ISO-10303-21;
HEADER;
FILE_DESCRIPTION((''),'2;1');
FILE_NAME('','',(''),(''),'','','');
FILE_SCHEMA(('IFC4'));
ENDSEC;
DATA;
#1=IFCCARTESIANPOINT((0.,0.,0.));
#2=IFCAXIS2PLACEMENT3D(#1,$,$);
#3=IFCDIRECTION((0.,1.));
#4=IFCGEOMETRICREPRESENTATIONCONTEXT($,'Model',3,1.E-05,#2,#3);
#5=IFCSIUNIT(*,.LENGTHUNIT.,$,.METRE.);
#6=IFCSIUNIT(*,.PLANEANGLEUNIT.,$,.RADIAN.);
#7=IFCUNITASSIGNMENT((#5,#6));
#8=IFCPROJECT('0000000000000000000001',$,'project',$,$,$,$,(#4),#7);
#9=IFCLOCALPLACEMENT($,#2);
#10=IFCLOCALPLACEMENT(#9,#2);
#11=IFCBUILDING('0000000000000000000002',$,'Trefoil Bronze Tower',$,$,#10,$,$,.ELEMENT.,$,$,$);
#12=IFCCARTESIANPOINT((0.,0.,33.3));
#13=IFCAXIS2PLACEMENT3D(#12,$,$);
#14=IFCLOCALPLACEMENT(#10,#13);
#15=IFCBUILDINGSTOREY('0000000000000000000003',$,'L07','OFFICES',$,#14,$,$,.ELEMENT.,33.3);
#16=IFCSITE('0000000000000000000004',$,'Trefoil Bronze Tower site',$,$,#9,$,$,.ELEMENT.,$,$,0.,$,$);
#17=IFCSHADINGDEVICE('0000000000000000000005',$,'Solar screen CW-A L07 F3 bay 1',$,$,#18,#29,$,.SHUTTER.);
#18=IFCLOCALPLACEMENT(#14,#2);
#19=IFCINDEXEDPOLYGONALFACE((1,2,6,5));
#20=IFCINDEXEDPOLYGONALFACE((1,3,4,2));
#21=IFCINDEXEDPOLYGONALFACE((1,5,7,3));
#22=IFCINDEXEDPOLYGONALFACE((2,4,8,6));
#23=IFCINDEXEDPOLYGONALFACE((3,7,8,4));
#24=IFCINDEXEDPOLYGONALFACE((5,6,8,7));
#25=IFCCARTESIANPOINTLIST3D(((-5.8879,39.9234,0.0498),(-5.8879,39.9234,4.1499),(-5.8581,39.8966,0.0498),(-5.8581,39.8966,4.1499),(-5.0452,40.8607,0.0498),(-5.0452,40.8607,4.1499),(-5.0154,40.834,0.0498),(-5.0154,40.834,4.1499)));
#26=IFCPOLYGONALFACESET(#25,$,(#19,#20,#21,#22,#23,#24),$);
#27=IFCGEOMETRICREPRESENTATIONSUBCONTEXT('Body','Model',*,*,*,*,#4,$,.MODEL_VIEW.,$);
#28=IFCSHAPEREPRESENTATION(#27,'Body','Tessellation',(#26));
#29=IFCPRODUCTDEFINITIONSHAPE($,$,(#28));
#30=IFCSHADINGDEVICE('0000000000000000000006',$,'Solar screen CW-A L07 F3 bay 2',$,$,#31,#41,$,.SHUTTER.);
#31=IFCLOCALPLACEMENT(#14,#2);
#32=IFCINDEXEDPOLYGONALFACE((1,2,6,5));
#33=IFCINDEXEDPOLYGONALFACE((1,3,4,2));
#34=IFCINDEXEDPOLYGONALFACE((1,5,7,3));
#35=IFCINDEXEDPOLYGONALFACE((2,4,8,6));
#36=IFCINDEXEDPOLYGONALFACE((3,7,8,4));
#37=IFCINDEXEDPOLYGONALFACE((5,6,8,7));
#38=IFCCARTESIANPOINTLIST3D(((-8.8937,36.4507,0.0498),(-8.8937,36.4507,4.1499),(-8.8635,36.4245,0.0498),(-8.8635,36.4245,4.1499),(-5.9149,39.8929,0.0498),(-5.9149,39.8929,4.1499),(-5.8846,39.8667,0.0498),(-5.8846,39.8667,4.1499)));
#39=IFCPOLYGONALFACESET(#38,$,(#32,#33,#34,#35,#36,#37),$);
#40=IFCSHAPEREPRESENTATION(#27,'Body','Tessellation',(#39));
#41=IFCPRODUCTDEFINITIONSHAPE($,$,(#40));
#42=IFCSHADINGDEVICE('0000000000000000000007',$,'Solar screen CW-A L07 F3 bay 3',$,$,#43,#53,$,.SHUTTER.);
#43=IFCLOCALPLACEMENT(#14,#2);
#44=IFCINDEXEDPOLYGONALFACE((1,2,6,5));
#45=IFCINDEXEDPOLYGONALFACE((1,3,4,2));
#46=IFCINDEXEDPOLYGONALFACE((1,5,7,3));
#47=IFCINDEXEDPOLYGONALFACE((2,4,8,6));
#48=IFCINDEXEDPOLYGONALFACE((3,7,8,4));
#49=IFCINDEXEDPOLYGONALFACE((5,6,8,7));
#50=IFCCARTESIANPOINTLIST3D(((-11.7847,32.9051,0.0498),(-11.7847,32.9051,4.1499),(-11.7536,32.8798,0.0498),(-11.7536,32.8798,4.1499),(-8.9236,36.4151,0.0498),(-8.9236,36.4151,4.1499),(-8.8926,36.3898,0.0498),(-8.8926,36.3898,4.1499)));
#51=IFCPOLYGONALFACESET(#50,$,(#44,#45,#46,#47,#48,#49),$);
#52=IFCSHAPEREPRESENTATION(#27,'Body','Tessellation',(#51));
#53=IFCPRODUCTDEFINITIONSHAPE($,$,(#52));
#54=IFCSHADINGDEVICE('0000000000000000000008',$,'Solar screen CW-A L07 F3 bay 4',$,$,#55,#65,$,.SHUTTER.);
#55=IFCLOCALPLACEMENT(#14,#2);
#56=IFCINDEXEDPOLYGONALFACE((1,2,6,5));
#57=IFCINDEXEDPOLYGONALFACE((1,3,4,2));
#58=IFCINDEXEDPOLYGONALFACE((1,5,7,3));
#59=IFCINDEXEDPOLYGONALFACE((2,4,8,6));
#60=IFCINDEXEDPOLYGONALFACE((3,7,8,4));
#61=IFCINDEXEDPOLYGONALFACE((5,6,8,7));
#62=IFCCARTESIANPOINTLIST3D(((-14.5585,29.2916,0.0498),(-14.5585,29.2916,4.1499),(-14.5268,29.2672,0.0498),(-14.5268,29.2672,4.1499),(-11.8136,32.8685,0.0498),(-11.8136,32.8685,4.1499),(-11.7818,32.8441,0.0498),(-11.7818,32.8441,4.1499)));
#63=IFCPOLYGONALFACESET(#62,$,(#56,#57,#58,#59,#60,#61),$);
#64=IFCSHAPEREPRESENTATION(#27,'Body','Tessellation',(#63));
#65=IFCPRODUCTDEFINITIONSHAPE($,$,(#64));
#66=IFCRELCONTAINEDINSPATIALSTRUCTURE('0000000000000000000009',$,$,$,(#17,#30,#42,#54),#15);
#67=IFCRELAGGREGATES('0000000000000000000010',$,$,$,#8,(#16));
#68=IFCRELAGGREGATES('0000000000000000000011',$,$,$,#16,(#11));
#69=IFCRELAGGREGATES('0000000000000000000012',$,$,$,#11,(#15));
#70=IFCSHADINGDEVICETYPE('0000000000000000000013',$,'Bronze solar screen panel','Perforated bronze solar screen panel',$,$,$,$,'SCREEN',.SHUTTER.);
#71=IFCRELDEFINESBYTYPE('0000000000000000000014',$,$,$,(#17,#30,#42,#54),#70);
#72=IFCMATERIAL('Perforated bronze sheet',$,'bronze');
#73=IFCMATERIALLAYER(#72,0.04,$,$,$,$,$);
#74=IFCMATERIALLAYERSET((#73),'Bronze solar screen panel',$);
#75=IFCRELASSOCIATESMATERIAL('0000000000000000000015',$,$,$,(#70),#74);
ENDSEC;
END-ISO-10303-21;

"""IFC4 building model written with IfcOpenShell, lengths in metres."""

from ifc_helpers import new_model, si_unit, direction, frame, origin, origin_2d, place, context, subcontext, project, spatial, rectangle, extrude, material, layer, layer_set, type_object, element, save


model = new_model("IFC4")

# Units and contexts
model_context = context("Model", 3, precision=1e-05, world=origin(), true_north=direction((0.0, 1.0)))
body_context = subcontext(model_context, "Body", "Model", "MODEL_VIEW")
ifc_project = project(units=[si_unit("LENGTHUNIT", "METRE"), si_unit("PLANEANGLEUNIT", "RADIAN")], contexts=[model_context])

# Site, building, storey
site_placement = place(None, origin())
site = spatial("IfcSite", under=ifc_project, at=site_placement, Name="Trefoil Bronze Tower site", CompositionType="ELEMENT", RefElevation=0.0)
building_placement = place(site_placement, origin())
building = spatial("IfcBuilding", under=site, at=building_placement, Name="Trefoil Bronze Tower", CompositionType="ELEMENT")
storey_placement = place(building_placement, frame((0.0, 0.0, 33.3)))
storey = spatial("IfcBuildingStorey", under=building, at=storey_placement, Name="L07", Description="OFFICES", CompositionType="ELEMENT", Elevation=33.3)

# Shading devices
ifc_material_1 = material(Name="Perforated bronze sheet", Category="bronze")
ifc_layer_1 = layer(ifc_material_1, 0.04)
ifc_layer_set_1 = layer_set([ifc_layer_1], Name="Bronze solar screen panel")
shading_device_type = type_object("IfcShadingDeviceType", Name="Bronze solar screen panel", Description="Perforated bronze solar screen panel", ElementType="SCREEN", PredefinedType="SHUTTER", material=ifc_layer_set_1)
shading_device_1_placement = place(storey_placement, frame((-5.4517, 40.3787, 0.0498), z_axis=(0.0, 0.0, 1.0), x_axis=(-0.668575, -0.743645, 0.0)))
element("IfcShadingDevice", 1, at=shading_device_1_placement, inside=storey, type_object=shading_device_type, Name="Solar screen CW-A L07 F3 bay 1", PredefinedType="SHUTTER", context=body_context, shape_type="SweptSolid", body=[
    extrude(rectangle(XDim=1.2605, YDim=0.04, at=origin_2d()), origin(), (0.0, 0.0, 1.0), 4.1001),
])
shading_device_2_placement = place(storey_placement, frame((-7.3892, 38.1587, 0.0498), z_axis=(0.0, 0.0, 1.0), x_axis=(-0.654376, -0.756169, 0.0)))
element("IfcShadingDevice", 2, at=shading_device_2_placement, inside=storey, type_object=shading_device_type, Name="Solar screen CW-A L07 F3 bay 2", PredefinedType="SHUTTER", context=body_context, shape_type="SweptSolid", body=[
    extrude(rectangle(XDim=4.5522, YDim=0.04, at=origin_2d()), origin(), (0.0, 0.0, 1.0), 4.1001),
])
shading_device_3_placement = place(storey_placement, frame((-10.3386, 34.6475, 0.0498), z_axis=(0.0, 0.0, 1.0), x_axis=(-0.631811, -0.775123, 0.0)))
element("IfcShadingDevice", 3, at=shading_device_3_placement, inside=storey, type_object=shading_device_type, Name="Solar screen CW-A L07 F3 bay 3", PredefinedType="SHUTTER", context=body_context, shape_type="SweptSolid", body=[
    extrude(rectangle(XDim=4.5283, YDim=0.04, at=origin_2d()), origin(), (0.0, 0.0, 1.0), 4.1001),
])
shading_device_4_placement = place(storey_placement, frame((-13.1702, 31.0679, 0.0498), z_axis=(0.0, 0.0, 1.0), x_axis=(-0.608808, -0.793318, 0.0)))
element("IfcShadingDevice", 4, at=shading_device_4_placement, inside=storey, type_object=shading_device_type, Name="Solar screen CW-A L07 F3 bay 4", PredefinedType="SHUTTER", context=body_context, shape_type="SweptSolid", body=[
    extrude(rectangle(XDim=4.5088, YDim=0.04, at=origin_2d()), origin(), (0.0, 0.0, 1.0), 4.1001),
])

save(model, "model.ifc")
